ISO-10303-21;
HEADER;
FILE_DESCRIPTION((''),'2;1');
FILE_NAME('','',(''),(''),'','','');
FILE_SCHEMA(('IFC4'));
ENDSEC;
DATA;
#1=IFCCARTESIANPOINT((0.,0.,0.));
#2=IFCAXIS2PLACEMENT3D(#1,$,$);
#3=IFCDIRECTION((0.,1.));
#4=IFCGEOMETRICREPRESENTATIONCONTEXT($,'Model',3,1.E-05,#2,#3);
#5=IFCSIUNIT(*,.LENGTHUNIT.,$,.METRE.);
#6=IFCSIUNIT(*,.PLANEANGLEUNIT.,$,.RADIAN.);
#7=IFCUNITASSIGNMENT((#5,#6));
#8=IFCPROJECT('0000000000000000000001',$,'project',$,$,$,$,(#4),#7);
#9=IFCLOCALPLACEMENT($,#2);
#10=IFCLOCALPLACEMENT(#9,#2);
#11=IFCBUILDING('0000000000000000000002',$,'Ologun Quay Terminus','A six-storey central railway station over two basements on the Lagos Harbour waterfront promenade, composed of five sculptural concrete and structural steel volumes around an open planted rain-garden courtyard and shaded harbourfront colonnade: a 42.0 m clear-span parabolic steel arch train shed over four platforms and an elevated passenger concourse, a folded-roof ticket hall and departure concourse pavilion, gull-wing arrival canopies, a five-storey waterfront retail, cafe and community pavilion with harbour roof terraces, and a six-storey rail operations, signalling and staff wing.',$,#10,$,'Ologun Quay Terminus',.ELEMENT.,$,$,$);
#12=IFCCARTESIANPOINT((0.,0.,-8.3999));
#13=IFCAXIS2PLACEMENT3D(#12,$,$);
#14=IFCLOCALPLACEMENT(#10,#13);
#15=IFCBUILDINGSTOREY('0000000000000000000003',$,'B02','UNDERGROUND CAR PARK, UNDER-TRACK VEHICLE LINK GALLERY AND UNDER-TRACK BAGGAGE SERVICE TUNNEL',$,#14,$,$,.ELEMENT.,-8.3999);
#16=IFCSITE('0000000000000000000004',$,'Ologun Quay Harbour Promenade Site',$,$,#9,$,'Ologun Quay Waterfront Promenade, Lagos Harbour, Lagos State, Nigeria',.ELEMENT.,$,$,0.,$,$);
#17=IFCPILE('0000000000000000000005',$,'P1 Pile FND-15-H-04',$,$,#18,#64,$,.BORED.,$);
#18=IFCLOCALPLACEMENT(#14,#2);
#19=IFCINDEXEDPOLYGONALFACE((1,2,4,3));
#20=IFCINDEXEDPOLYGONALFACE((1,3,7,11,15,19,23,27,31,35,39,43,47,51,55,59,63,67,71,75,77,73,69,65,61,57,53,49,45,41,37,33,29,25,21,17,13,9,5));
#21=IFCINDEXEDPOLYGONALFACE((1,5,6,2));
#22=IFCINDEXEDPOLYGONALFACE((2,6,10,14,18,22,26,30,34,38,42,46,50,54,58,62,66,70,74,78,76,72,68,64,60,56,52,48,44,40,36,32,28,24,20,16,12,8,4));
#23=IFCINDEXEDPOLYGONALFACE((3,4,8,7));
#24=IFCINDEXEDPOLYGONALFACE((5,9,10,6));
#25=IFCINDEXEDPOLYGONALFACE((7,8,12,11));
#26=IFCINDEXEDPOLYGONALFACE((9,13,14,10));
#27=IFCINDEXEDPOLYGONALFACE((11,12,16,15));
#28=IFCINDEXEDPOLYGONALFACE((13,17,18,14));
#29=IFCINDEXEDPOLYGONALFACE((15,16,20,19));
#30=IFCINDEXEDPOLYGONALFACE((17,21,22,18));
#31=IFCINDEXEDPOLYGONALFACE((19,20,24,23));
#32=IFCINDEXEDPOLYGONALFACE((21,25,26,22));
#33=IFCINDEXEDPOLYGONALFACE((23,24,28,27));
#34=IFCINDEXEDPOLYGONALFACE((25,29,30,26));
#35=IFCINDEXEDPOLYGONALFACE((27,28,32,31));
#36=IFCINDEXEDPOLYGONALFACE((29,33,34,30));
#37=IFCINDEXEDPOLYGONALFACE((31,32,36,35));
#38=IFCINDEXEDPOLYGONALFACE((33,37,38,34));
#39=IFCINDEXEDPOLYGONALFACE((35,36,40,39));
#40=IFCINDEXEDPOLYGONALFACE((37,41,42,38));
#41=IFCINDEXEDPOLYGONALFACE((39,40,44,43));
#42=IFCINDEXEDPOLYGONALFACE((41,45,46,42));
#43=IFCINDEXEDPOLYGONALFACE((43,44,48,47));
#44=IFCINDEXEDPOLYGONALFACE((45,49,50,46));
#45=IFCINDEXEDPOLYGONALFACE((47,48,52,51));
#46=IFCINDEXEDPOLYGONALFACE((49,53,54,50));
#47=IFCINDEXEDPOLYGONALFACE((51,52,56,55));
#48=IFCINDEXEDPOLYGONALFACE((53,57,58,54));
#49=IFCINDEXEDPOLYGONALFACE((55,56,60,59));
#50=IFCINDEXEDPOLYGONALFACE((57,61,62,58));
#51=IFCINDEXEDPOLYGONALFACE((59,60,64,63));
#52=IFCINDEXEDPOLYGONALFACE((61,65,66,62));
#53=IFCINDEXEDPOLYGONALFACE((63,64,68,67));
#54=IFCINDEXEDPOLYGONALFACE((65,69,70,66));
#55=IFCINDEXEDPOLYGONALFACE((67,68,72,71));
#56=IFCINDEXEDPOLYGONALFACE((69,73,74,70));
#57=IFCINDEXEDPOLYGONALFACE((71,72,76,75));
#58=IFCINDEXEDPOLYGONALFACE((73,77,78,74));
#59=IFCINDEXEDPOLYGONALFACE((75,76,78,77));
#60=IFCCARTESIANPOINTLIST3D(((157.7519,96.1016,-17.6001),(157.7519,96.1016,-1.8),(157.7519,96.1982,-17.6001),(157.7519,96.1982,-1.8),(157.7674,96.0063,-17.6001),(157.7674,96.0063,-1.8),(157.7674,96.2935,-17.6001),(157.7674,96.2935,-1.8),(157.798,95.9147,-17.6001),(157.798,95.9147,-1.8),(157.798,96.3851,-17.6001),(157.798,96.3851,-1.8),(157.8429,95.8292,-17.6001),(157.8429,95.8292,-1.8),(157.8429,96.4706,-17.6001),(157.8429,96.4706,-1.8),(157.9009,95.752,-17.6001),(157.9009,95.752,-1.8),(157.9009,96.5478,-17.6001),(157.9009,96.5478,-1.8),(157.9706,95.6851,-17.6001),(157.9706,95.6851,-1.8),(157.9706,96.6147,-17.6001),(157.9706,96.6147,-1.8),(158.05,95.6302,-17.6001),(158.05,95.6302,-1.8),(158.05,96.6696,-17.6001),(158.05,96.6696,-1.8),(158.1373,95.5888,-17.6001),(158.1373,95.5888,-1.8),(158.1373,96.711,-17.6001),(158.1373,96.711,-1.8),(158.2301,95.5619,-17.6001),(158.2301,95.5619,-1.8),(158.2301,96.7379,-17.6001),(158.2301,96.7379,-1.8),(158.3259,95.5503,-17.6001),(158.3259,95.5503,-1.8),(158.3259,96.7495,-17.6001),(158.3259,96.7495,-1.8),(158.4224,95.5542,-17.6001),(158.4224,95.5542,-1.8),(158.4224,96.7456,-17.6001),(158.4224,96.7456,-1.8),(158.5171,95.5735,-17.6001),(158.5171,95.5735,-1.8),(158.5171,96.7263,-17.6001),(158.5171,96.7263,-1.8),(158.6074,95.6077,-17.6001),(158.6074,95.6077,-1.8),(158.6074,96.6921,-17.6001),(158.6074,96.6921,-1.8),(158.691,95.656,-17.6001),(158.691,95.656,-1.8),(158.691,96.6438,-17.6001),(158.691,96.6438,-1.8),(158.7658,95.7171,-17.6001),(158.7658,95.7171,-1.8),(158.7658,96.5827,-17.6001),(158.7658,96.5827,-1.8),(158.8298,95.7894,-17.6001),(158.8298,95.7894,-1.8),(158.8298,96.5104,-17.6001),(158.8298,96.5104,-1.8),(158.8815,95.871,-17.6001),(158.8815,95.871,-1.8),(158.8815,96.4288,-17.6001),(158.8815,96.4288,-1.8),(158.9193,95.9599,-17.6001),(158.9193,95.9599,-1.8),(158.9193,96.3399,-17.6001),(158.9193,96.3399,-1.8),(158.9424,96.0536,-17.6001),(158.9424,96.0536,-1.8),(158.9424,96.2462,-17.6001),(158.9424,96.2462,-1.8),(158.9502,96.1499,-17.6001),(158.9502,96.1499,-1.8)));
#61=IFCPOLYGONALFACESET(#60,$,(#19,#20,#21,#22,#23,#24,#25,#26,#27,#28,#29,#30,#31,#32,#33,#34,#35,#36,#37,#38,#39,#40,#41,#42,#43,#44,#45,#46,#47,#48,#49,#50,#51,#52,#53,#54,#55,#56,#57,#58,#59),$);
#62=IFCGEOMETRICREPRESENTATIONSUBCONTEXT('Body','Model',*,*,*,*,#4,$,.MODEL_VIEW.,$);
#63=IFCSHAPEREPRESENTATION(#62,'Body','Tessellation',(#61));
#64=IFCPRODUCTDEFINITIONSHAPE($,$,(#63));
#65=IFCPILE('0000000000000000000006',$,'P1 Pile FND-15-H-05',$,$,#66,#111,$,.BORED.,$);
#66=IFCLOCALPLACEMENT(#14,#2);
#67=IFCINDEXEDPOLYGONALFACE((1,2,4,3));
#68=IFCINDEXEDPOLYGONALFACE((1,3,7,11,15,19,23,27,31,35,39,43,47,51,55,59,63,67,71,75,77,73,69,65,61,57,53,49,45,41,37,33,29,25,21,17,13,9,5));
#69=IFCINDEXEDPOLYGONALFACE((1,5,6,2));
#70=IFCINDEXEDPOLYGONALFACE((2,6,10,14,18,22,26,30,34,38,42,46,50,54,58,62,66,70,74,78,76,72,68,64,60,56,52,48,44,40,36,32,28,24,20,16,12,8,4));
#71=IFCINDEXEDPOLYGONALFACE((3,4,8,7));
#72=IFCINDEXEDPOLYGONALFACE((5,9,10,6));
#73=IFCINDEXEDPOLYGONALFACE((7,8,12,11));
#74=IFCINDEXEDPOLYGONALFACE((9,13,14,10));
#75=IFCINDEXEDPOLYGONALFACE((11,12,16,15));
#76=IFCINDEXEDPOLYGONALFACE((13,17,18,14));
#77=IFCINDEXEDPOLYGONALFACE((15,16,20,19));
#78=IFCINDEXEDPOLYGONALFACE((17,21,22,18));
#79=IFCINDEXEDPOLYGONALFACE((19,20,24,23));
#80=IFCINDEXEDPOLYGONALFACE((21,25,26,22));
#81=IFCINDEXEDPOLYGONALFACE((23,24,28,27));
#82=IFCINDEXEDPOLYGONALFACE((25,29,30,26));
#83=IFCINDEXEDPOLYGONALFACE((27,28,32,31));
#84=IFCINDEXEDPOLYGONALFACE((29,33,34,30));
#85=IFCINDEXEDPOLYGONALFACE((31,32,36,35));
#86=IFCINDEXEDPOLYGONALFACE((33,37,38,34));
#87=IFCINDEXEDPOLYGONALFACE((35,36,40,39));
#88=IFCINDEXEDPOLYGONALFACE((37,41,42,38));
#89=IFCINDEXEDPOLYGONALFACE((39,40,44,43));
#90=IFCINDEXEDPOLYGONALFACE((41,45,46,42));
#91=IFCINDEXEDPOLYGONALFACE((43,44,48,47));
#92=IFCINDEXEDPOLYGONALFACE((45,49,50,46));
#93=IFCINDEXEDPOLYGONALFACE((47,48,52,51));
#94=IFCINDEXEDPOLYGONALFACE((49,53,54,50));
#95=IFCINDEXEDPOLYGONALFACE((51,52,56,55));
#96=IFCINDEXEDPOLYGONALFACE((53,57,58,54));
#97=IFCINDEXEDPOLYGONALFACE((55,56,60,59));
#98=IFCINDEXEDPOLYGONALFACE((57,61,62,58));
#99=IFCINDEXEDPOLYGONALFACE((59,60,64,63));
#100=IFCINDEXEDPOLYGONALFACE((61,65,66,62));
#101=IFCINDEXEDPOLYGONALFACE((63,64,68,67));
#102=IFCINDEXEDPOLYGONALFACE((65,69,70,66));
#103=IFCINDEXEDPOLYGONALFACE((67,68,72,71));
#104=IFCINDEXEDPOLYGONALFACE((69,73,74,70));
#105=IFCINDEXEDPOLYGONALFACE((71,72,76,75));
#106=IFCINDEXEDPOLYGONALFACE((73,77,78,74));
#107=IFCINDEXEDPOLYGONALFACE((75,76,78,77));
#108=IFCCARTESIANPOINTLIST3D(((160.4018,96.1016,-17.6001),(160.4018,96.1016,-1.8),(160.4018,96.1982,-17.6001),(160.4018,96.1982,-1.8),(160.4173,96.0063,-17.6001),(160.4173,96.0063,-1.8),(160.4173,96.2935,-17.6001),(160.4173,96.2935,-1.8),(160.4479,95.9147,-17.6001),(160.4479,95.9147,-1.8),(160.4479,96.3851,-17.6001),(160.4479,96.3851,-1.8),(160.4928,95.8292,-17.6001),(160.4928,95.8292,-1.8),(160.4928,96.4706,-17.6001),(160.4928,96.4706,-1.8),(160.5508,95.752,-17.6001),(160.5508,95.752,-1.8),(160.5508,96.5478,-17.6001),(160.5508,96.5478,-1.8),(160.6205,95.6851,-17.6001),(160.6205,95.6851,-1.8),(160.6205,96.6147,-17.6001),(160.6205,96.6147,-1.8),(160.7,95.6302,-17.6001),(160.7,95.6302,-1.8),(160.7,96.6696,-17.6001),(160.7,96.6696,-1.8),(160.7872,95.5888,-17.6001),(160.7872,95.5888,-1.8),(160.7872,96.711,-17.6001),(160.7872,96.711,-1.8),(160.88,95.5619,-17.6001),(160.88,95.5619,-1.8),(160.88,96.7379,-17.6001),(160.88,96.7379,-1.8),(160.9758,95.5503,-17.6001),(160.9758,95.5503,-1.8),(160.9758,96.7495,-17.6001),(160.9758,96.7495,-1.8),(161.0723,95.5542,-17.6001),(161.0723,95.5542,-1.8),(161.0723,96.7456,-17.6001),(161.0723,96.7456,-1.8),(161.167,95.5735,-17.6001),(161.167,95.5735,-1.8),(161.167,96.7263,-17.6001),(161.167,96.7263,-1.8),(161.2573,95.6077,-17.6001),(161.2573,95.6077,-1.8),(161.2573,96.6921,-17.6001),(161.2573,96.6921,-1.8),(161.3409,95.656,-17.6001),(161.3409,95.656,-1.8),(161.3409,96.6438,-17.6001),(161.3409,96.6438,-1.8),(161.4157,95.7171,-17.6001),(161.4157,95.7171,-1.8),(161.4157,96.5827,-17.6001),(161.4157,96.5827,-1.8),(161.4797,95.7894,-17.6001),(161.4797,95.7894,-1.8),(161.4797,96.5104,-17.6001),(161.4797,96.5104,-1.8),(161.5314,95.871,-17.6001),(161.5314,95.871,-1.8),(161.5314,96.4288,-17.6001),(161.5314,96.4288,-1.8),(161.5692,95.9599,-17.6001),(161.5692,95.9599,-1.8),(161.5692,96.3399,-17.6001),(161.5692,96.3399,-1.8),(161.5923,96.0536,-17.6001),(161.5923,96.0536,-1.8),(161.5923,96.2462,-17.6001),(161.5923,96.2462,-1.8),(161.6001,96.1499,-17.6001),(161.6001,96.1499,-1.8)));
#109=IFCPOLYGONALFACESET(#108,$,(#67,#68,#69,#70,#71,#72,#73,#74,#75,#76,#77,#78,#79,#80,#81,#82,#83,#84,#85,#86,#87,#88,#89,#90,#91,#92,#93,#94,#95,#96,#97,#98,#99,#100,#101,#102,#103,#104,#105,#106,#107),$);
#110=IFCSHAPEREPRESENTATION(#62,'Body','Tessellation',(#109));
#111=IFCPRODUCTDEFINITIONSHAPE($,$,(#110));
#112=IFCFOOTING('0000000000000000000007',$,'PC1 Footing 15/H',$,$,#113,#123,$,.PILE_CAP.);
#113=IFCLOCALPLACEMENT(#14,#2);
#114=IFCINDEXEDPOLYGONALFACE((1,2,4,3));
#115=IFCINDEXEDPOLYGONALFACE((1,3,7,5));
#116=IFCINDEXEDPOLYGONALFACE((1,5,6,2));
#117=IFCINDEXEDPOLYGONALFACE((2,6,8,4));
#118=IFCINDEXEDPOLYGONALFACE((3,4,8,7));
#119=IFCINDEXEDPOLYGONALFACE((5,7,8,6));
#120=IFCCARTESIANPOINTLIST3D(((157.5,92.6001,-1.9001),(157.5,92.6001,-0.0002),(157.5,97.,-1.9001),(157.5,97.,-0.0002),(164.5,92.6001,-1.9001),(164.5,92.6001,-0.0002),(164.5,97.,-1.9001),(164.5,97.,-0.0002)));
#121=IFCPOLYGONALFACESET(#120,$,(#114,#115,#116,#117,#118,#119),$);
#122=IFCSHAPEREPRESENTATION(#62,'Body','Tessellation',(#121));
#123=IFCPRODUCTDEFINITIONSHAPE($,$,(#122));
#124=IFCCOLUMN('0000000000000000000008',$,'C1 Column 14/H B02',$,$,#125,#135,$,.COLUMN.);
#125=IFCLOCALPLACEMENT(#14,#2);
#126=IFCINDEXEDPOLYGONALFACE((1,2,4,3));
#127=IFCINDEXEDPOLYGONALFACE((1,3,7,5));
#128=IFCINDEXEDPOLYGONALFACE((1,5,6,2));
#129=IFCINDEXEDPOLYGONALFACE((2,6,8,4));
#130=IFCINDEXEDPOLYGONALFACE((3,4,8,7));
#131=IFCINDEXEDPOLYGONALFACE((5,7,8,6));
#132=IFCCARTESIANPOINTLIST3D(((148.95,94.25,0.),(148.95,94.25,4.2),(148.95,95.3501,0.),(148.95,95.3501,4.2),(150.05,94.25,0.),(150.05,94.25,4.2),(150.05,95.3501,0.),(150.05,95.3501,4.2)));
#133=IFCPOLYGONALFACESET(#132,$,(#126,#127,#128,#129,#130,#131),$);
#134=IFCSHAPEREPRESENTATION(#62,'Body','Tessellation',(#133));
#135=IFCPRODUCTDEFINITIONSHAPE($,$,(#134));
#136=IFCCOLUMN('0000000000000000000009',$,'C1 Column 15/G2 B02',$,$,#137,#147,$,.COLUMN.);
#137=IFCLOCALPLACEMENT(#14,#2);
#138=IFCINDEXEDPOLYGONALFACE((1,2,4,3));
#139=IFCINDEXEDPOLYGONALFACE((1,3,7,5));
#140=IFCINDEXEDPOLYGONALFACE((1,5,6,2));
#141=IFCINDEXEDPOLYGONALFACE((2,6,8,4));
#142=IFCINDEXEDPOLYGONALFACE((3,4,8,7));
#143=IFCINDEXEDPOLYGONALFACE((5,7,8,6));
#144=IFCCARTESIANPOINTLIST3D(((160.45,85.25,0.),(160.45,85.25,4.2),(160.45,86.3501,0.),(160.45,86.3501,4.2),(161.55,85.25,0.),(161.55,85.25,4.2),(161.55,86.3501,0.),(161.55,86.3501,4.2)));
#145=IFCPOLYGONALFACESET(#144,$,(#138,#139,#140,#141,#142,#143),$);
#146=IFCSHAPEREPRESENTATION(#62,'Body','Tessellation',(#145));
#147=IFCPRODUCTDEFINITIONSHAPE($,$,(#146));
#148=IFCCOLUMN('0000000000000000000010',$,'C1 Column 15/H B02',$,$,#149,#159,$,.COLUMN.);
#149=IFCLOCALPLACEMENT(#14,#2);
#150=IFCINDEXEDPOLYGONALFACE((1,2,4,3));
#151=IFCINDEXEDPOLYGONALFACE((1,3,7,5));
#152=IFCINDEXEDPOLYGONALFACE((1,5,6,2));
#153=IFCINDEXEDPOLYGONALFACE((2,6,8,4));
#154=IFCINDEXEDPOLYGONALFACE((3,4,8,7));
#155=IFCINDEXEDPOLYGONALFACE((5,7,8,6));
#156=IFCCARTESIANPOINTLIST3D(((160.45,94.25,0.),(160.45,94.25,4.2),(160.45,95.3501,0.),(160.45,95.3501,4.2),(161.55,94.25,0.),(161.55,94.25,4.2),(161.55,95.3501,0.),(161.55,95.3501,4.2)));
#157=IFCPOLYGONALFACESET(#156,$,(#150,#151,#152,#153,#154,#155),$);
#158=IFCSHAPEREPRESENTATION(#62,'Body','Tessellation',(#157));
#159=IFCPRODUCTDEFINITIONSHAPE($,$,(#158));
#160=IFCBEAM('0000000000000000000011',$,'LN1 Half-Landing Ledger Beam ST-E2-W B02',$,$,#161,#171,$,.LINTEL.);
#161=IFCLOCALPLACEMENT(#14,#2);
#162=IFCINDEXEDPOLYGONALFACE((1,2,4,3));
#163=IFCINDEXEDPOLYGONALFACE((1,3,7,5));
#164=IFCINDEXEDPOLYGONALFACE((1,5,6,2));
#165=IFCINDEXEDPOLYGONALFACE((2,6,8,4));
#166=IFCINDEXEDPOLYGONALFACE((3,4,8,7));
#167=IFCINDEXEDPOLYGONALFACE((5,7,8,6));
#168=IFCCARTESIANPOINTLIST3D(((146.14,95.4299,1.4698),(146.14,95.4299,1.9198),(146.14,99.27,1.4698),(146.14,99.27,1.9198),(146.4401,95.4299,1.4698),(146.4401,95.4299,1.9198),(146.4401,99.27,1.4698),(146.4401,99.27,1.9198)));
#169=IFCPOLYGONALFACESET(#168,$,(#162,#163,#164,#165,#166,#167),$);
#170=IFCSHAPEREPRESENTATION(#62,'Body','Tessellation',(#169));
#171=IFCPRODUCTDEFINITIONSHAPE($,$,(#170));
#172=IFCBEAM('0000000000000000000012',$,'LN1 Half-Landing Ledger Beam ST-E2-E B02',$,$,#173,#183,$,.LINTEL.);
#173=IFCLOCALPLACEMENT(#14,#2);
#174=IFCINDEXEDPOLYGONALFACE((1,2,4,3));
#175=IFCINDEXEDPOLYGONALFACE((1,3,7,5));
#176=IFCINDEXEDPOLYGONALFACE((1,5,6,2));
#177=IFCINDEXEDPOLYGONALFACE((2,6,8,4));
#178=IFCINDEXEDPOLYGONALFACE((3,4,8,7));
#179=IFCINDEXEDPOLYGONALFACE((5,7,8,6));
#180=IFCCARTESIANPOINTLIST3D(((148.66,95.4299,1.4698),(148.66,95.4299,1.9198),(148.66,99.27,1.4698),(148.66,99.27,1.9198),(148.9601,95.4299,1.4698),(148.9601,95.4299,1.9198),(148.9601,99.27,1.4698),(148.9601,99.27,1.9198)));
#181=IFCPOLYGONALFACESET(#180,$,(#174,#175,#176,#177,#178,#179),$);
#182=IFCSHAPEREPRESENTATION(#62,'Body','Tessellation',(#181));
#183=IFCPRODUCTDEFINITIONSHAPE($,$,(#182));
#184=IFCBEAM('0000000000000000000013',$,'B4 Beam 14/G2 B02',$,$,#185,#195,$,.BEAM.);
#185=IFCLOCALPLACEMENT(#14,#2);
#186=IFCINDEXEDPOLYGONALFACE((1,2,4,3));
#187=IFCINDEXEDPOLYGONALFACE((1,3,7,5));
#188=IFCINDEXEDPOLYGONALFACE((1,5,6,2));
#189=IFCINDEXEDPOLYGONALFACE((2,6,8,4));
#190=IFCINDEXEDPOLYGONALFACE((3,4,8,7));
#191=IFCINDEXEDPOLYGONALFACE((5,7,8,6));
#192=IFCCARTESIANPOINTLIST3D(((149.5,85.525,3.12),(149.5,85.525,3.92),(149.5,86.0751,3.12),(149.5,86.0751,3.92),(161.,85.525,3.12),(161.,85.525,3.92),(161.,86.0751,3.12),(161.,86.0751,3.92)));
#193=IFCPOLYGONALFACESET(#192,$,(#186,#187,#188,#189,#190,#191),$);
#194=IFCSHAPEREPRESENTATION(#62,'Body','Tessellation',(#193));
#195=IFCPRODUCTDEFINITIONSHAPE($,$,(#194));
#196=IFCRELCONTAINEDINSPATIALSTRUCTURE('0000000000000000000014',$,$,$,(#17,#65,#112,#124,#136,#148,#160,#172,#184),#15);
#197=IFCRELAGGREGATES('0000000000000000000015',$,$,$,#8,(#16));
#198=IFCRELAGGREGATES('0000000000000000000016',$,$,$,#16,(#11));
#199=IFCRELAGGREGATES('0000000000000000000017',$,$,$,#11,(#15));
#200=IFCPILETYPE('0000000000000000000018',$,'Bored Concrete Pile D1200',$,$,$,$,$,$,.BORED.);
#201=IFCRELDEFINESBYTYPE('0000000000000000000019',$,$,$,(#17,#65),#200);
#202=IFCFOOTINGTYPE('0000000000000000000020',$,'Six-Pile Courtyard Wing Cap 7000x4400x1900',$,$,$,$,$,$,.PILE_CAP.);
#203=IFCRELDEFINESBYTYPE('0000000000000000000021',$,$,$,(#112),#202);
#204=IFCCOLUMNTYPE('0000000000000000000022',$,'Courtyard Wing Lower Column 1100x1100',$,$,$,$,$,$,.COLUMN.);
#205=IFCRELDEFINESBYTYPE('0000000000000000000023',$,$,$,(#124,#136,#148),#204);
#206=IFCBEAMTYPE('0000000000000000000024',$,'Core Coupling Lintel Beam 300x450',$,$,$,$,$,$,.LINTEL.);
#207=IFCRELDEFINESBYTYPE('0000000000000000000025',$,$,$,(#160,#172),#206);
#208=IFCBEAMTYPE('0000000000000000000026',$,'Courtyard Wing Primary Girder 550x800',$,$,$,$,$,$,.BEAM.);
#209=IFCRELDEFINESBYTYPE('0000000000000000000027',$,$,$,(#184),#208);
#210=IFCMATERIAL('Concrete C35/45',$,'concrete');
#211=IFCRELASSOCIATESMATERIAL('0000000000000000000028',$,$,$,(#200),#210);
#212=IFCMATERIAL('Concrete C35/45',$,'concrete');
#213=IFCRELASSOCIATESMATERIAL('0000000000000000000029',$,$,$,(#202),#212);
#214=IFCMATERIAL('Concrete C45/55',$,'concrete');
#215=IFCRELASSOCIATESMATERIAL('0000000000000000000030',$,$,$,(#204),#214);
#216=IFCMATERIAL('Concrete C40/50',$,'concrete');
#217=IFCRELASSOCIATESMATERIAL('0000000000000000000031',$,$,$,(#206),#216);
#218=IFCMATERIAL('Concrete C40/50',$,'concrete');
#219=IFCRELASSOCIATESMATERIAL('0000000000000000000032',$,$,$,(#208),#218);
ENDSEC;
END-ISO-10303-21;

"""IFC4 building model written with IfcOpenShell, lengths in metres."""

from ifc_helpers import new_model, si_unit, direction, frame, origin, origin_2d, place, context, subcontext, project, spatial, rectangle, circle, extrude, material, material_profile, profile_set, type_object, element, save


model = new_model("IFC4")

# Units and contexts
model_context = context("Model", 3, precision=1e-05, world=origin(), true_north=direction((0.0, 1.0)))
body_context = subcontext(model_context, "Body", "Model", "MODEL_VIEW")
ifc_project = project(units=[si_unit("LENGTHUNIT", "METRE"), si_unit("PLANEANGLEUNIT", "RADIAN")], contexts=[model_context])

# Site, building, storey
site_placement = place(None, origin())
site = spatial("IfcSite", under=ifc_project, at=site_placement, Name="Ologun Quay Harbour Promenade Site", LongName="Ologun Quay Waterfront Promenade, Lagos Harbour, Lagos State, Nigeria", CompositionType="ELEMENT", RefElevation=0.0)
building_placement = place(site_placement, origin())
building = spatial("IfcBuilding", under=site, at=building_placement, Name="Ologun Quay Terminus", Description="A six-storey central railway station over two basements on the Lagos Harbour waterfront promenade, composed of five sculptural concrete and structural steel volumes around an open planted rain-garden courtyard and shaded harbourfront colonnade: a 42.0 m clear-span parabolic steel arch train shed over four platforms and an elevated passenger concourse, a folded-roof ticket hall and departure concourse pavilion, gull-wing arrival canopies, a five-storey waterfront retail, cafe and community pavilion with harbour roof terraces, and a six-storey rail operations, signalling and staff wing.", LongName="Ologun Quay Terminus", CompositionType="ELEMENT")
storey_placement = place(building_placement, frame((0.0, 0.0, -8.3999)))
storey = spatial("IfcBuildingStorey", under=building, at=storey_placement, Name="B02", Description="UNDERGROUND CAR PARK, UNDER-TRACK VEHICLE LINK GALLERY AND UNDER-TRACK BAGGAGE SERVICE TUNNEL", CompositionType="ELEMENT", Elevation=-8.3999)

# Piles
ifc_material_1 = material(Name="Concrete C35/45", Category="concrete")
ifc_material_profile_1 = material_profile(ifc_material_1, circle(Radius=0.6001, at=origin_2d()), Name="PILE D1200")
ifc_profile_set_1 = profile_set([ifc_material_profile_1], Name="Concrete C35/45")
pile_type = type_object("IfcPileType", Name="Bored Concrete Pile D1200", PredefinedType="BORED", material=ifc_profile_set_1)
for number, where, z_axis, x_axis, name in (
    (1, (158.3501, 96.1499, -1.8), (0.0, 0.0, -1.0), (1.0, 0.0, 0.0), "P1 Pile FND-15-H-04"),
    (2, (161.0, 96.1499, -1.8), (0.0, 0.0, -1.0), (1.0, 0.0, 0.0), "P1 Pile FND-15-H-05"),
):
    element("IfcPile", number, at=place(storey_placement, frame(where, z_axis=z_axis, x_axis=x_axis)), inside=storey, type_object=pile_type, Name=name, PredefinedType="BORED", context=body_context, shape_type="SweptSolid", body=[
        extrude(circle(Radius=0.6001, at=origin_2d()), origin(), (0.0, 0.0, 1.0), 15.8),
    ])

# Footing
ifc_material_2 = material(Name="Concrete C35/45", Category="concrete")
footing_type = type_object("IfcFootingType", Name="Six-Pile Courtyard Wing Cap 7000x4400x1900", PredefinedType="PILE_CAP", material=ifc_material_2)
footing_placement = place(storey_placement, frame((161.0, 94.8, -1.9001), z_axis=(0.0, 0.0, 1.0), x_axis=(1.0, 0.0, 0.0)))
element("IfcFooting", 3, at=footing_placement, inside=storey, type_object=footing_type, Name="PC1 Footing 15/H", PredefinedType="PILE_CAP", context=body_context, shape_type="SweptSolid", body=[
    extrude(rectangle(XDim=7.0, YDim=4.3999, at=origin_2d()), origin(), (0.0, 0.0, 1.0), 1.8999),
])

# Columns
ifc_material_3 = material(Name="Concrete C45/55", Category="concrete")
ifc_material_profile_2 = material_profile(ifc_material_3, rectangle(XDim=1.1001, YDim=1.1001, at=origin_2d()), Name="RC 1100x1100")
ifc_profile_set_2 = profile_set([ifc_material_profile_2], Name="Concrete C45/55")
column_type = type_object("IfcColumnType", Name="Courtyard Wing Lower Column 1100x1100", PredefinedType="COLUMN", material=ifc_profile_set_2)
for number, where, z_axis, x_axis, name in (
    (4, (149.5, 94.8, 0.0), (0.0, 0.0, 1.0), (1.0, 0.0, 0.0), "C1 Column 14/H B02"),
    (5, (161.0, 85.8, 0.0), (0.0, 0.0, 1.0), (1.0, 0.0, 0.0), "C1 Column 15/G2 B02"),
    (6, (161.0, 94.8, 0.0), (0.0, 0.0, 1.0), (1.0, 0.0, 0.0), "C1 Column 15/H B02"),
):
    element("IfcColumn", number, at=place(storey_placement, frame(where, z_axis=z_axis, x_axis=x_axis)), inside=storey, type_object=column_type, Name=name, PredefinedType="COLUMN", context=body_context, shape_type="SweptSolid", body=[
        extrude(rectangle(XDim=1.1001, YDim=1.1001, at=origin_2d()), origin(), (0.0, 0.0, 1.0), 4.2),
    ])

# Beams
ifc_material_4 = material(Name="Concrete C40/50", Category="concrete")
ifc_material_profile_3 = material_profile(ifc_material_4, rectangle(XDim=0.3, YDim=0.45, at=origin_2d()), Name="RC 300x450")
ifc_profile_set_3 = profile_set([ifc_material_profile_3], Name="Concrete C40/50")
beam_type_1 = type_object("IfcBeamType", Name="Core Coupling Lintel Beam 300x450", PredefinedType="LINTEL", material=ifc_profile_set_3)
for number, where, z_axis, x_axis, name in (
    (7, (146.29, 95.4299, 1.6948), (0.0, 1.0, 0.0), (-1.0, 0.0, 0.0), "LN1 Half-Landing Ledger Beam ST-E2-W B02"),
    (8, (148.8101, 95.4299, 1.6948), (0.0, 1.0, 0.0), (-1.0, 0.0, 0.0), "LN1 Half-Landing Ledger Beam ST-E2-E B02"),
):
    element("IfcBeam", number, at=place(storey_placement, frame(where, z_axis=z_axis, x_axis=x_axis)), inside=storey, type_object=beam_type_1, Name=name, PredefinedType="LINTEL", context=body_context, shape_type="SweptSolid", body=[
        extrude(rectangle(XDim=0.3, YDim=0.45, at=origin_2d()), origin(), (0.0, 0.0, 1.0), 3.8401),
    ])
ifc_material_5 = material(Name="Concrete C40/50", Category="concrete")
ifc_material_profile_4 = material_profile(ifc_material_5, rectangle(XDim=0.55, YDim=0.8, at=origin_2d()), Name="RC 550x800")
ifc_profile_set_4 = profile_set([ifc_material_profile_4], Name="Concrete C40/50")
beam_type_2 = type_object("IfcBeamType", Name="Courtyard Wing Primary Girder 550x800", PredefinedType="BEAM", material=ifc_profile_set_4)
for number, where, z_axis, x_axis, name in (
    (9, (149.5, 85.8, 3.52), (1.0, 0.0, 0.0), (0.0, 1.0, 0.0), "B4 Beam 14/G2 B02"),
):
    element("IfcBeam", number, at=place(storey_placement, frame(where, z_axis=z_axis, x_axis=x_axis)), inside=storey, type_object=beam_type_2, Name=name, PredefinedType="BEAM", context=body_context, shape_type="SweptSolid", body=[
        extrude(rectangle(XDim=0.55, YDim=0.8, at=origin_2d()), origin(), (0.0, 0.0, 1.0), 11.5),
    ])

save(model, "model.ifc")
